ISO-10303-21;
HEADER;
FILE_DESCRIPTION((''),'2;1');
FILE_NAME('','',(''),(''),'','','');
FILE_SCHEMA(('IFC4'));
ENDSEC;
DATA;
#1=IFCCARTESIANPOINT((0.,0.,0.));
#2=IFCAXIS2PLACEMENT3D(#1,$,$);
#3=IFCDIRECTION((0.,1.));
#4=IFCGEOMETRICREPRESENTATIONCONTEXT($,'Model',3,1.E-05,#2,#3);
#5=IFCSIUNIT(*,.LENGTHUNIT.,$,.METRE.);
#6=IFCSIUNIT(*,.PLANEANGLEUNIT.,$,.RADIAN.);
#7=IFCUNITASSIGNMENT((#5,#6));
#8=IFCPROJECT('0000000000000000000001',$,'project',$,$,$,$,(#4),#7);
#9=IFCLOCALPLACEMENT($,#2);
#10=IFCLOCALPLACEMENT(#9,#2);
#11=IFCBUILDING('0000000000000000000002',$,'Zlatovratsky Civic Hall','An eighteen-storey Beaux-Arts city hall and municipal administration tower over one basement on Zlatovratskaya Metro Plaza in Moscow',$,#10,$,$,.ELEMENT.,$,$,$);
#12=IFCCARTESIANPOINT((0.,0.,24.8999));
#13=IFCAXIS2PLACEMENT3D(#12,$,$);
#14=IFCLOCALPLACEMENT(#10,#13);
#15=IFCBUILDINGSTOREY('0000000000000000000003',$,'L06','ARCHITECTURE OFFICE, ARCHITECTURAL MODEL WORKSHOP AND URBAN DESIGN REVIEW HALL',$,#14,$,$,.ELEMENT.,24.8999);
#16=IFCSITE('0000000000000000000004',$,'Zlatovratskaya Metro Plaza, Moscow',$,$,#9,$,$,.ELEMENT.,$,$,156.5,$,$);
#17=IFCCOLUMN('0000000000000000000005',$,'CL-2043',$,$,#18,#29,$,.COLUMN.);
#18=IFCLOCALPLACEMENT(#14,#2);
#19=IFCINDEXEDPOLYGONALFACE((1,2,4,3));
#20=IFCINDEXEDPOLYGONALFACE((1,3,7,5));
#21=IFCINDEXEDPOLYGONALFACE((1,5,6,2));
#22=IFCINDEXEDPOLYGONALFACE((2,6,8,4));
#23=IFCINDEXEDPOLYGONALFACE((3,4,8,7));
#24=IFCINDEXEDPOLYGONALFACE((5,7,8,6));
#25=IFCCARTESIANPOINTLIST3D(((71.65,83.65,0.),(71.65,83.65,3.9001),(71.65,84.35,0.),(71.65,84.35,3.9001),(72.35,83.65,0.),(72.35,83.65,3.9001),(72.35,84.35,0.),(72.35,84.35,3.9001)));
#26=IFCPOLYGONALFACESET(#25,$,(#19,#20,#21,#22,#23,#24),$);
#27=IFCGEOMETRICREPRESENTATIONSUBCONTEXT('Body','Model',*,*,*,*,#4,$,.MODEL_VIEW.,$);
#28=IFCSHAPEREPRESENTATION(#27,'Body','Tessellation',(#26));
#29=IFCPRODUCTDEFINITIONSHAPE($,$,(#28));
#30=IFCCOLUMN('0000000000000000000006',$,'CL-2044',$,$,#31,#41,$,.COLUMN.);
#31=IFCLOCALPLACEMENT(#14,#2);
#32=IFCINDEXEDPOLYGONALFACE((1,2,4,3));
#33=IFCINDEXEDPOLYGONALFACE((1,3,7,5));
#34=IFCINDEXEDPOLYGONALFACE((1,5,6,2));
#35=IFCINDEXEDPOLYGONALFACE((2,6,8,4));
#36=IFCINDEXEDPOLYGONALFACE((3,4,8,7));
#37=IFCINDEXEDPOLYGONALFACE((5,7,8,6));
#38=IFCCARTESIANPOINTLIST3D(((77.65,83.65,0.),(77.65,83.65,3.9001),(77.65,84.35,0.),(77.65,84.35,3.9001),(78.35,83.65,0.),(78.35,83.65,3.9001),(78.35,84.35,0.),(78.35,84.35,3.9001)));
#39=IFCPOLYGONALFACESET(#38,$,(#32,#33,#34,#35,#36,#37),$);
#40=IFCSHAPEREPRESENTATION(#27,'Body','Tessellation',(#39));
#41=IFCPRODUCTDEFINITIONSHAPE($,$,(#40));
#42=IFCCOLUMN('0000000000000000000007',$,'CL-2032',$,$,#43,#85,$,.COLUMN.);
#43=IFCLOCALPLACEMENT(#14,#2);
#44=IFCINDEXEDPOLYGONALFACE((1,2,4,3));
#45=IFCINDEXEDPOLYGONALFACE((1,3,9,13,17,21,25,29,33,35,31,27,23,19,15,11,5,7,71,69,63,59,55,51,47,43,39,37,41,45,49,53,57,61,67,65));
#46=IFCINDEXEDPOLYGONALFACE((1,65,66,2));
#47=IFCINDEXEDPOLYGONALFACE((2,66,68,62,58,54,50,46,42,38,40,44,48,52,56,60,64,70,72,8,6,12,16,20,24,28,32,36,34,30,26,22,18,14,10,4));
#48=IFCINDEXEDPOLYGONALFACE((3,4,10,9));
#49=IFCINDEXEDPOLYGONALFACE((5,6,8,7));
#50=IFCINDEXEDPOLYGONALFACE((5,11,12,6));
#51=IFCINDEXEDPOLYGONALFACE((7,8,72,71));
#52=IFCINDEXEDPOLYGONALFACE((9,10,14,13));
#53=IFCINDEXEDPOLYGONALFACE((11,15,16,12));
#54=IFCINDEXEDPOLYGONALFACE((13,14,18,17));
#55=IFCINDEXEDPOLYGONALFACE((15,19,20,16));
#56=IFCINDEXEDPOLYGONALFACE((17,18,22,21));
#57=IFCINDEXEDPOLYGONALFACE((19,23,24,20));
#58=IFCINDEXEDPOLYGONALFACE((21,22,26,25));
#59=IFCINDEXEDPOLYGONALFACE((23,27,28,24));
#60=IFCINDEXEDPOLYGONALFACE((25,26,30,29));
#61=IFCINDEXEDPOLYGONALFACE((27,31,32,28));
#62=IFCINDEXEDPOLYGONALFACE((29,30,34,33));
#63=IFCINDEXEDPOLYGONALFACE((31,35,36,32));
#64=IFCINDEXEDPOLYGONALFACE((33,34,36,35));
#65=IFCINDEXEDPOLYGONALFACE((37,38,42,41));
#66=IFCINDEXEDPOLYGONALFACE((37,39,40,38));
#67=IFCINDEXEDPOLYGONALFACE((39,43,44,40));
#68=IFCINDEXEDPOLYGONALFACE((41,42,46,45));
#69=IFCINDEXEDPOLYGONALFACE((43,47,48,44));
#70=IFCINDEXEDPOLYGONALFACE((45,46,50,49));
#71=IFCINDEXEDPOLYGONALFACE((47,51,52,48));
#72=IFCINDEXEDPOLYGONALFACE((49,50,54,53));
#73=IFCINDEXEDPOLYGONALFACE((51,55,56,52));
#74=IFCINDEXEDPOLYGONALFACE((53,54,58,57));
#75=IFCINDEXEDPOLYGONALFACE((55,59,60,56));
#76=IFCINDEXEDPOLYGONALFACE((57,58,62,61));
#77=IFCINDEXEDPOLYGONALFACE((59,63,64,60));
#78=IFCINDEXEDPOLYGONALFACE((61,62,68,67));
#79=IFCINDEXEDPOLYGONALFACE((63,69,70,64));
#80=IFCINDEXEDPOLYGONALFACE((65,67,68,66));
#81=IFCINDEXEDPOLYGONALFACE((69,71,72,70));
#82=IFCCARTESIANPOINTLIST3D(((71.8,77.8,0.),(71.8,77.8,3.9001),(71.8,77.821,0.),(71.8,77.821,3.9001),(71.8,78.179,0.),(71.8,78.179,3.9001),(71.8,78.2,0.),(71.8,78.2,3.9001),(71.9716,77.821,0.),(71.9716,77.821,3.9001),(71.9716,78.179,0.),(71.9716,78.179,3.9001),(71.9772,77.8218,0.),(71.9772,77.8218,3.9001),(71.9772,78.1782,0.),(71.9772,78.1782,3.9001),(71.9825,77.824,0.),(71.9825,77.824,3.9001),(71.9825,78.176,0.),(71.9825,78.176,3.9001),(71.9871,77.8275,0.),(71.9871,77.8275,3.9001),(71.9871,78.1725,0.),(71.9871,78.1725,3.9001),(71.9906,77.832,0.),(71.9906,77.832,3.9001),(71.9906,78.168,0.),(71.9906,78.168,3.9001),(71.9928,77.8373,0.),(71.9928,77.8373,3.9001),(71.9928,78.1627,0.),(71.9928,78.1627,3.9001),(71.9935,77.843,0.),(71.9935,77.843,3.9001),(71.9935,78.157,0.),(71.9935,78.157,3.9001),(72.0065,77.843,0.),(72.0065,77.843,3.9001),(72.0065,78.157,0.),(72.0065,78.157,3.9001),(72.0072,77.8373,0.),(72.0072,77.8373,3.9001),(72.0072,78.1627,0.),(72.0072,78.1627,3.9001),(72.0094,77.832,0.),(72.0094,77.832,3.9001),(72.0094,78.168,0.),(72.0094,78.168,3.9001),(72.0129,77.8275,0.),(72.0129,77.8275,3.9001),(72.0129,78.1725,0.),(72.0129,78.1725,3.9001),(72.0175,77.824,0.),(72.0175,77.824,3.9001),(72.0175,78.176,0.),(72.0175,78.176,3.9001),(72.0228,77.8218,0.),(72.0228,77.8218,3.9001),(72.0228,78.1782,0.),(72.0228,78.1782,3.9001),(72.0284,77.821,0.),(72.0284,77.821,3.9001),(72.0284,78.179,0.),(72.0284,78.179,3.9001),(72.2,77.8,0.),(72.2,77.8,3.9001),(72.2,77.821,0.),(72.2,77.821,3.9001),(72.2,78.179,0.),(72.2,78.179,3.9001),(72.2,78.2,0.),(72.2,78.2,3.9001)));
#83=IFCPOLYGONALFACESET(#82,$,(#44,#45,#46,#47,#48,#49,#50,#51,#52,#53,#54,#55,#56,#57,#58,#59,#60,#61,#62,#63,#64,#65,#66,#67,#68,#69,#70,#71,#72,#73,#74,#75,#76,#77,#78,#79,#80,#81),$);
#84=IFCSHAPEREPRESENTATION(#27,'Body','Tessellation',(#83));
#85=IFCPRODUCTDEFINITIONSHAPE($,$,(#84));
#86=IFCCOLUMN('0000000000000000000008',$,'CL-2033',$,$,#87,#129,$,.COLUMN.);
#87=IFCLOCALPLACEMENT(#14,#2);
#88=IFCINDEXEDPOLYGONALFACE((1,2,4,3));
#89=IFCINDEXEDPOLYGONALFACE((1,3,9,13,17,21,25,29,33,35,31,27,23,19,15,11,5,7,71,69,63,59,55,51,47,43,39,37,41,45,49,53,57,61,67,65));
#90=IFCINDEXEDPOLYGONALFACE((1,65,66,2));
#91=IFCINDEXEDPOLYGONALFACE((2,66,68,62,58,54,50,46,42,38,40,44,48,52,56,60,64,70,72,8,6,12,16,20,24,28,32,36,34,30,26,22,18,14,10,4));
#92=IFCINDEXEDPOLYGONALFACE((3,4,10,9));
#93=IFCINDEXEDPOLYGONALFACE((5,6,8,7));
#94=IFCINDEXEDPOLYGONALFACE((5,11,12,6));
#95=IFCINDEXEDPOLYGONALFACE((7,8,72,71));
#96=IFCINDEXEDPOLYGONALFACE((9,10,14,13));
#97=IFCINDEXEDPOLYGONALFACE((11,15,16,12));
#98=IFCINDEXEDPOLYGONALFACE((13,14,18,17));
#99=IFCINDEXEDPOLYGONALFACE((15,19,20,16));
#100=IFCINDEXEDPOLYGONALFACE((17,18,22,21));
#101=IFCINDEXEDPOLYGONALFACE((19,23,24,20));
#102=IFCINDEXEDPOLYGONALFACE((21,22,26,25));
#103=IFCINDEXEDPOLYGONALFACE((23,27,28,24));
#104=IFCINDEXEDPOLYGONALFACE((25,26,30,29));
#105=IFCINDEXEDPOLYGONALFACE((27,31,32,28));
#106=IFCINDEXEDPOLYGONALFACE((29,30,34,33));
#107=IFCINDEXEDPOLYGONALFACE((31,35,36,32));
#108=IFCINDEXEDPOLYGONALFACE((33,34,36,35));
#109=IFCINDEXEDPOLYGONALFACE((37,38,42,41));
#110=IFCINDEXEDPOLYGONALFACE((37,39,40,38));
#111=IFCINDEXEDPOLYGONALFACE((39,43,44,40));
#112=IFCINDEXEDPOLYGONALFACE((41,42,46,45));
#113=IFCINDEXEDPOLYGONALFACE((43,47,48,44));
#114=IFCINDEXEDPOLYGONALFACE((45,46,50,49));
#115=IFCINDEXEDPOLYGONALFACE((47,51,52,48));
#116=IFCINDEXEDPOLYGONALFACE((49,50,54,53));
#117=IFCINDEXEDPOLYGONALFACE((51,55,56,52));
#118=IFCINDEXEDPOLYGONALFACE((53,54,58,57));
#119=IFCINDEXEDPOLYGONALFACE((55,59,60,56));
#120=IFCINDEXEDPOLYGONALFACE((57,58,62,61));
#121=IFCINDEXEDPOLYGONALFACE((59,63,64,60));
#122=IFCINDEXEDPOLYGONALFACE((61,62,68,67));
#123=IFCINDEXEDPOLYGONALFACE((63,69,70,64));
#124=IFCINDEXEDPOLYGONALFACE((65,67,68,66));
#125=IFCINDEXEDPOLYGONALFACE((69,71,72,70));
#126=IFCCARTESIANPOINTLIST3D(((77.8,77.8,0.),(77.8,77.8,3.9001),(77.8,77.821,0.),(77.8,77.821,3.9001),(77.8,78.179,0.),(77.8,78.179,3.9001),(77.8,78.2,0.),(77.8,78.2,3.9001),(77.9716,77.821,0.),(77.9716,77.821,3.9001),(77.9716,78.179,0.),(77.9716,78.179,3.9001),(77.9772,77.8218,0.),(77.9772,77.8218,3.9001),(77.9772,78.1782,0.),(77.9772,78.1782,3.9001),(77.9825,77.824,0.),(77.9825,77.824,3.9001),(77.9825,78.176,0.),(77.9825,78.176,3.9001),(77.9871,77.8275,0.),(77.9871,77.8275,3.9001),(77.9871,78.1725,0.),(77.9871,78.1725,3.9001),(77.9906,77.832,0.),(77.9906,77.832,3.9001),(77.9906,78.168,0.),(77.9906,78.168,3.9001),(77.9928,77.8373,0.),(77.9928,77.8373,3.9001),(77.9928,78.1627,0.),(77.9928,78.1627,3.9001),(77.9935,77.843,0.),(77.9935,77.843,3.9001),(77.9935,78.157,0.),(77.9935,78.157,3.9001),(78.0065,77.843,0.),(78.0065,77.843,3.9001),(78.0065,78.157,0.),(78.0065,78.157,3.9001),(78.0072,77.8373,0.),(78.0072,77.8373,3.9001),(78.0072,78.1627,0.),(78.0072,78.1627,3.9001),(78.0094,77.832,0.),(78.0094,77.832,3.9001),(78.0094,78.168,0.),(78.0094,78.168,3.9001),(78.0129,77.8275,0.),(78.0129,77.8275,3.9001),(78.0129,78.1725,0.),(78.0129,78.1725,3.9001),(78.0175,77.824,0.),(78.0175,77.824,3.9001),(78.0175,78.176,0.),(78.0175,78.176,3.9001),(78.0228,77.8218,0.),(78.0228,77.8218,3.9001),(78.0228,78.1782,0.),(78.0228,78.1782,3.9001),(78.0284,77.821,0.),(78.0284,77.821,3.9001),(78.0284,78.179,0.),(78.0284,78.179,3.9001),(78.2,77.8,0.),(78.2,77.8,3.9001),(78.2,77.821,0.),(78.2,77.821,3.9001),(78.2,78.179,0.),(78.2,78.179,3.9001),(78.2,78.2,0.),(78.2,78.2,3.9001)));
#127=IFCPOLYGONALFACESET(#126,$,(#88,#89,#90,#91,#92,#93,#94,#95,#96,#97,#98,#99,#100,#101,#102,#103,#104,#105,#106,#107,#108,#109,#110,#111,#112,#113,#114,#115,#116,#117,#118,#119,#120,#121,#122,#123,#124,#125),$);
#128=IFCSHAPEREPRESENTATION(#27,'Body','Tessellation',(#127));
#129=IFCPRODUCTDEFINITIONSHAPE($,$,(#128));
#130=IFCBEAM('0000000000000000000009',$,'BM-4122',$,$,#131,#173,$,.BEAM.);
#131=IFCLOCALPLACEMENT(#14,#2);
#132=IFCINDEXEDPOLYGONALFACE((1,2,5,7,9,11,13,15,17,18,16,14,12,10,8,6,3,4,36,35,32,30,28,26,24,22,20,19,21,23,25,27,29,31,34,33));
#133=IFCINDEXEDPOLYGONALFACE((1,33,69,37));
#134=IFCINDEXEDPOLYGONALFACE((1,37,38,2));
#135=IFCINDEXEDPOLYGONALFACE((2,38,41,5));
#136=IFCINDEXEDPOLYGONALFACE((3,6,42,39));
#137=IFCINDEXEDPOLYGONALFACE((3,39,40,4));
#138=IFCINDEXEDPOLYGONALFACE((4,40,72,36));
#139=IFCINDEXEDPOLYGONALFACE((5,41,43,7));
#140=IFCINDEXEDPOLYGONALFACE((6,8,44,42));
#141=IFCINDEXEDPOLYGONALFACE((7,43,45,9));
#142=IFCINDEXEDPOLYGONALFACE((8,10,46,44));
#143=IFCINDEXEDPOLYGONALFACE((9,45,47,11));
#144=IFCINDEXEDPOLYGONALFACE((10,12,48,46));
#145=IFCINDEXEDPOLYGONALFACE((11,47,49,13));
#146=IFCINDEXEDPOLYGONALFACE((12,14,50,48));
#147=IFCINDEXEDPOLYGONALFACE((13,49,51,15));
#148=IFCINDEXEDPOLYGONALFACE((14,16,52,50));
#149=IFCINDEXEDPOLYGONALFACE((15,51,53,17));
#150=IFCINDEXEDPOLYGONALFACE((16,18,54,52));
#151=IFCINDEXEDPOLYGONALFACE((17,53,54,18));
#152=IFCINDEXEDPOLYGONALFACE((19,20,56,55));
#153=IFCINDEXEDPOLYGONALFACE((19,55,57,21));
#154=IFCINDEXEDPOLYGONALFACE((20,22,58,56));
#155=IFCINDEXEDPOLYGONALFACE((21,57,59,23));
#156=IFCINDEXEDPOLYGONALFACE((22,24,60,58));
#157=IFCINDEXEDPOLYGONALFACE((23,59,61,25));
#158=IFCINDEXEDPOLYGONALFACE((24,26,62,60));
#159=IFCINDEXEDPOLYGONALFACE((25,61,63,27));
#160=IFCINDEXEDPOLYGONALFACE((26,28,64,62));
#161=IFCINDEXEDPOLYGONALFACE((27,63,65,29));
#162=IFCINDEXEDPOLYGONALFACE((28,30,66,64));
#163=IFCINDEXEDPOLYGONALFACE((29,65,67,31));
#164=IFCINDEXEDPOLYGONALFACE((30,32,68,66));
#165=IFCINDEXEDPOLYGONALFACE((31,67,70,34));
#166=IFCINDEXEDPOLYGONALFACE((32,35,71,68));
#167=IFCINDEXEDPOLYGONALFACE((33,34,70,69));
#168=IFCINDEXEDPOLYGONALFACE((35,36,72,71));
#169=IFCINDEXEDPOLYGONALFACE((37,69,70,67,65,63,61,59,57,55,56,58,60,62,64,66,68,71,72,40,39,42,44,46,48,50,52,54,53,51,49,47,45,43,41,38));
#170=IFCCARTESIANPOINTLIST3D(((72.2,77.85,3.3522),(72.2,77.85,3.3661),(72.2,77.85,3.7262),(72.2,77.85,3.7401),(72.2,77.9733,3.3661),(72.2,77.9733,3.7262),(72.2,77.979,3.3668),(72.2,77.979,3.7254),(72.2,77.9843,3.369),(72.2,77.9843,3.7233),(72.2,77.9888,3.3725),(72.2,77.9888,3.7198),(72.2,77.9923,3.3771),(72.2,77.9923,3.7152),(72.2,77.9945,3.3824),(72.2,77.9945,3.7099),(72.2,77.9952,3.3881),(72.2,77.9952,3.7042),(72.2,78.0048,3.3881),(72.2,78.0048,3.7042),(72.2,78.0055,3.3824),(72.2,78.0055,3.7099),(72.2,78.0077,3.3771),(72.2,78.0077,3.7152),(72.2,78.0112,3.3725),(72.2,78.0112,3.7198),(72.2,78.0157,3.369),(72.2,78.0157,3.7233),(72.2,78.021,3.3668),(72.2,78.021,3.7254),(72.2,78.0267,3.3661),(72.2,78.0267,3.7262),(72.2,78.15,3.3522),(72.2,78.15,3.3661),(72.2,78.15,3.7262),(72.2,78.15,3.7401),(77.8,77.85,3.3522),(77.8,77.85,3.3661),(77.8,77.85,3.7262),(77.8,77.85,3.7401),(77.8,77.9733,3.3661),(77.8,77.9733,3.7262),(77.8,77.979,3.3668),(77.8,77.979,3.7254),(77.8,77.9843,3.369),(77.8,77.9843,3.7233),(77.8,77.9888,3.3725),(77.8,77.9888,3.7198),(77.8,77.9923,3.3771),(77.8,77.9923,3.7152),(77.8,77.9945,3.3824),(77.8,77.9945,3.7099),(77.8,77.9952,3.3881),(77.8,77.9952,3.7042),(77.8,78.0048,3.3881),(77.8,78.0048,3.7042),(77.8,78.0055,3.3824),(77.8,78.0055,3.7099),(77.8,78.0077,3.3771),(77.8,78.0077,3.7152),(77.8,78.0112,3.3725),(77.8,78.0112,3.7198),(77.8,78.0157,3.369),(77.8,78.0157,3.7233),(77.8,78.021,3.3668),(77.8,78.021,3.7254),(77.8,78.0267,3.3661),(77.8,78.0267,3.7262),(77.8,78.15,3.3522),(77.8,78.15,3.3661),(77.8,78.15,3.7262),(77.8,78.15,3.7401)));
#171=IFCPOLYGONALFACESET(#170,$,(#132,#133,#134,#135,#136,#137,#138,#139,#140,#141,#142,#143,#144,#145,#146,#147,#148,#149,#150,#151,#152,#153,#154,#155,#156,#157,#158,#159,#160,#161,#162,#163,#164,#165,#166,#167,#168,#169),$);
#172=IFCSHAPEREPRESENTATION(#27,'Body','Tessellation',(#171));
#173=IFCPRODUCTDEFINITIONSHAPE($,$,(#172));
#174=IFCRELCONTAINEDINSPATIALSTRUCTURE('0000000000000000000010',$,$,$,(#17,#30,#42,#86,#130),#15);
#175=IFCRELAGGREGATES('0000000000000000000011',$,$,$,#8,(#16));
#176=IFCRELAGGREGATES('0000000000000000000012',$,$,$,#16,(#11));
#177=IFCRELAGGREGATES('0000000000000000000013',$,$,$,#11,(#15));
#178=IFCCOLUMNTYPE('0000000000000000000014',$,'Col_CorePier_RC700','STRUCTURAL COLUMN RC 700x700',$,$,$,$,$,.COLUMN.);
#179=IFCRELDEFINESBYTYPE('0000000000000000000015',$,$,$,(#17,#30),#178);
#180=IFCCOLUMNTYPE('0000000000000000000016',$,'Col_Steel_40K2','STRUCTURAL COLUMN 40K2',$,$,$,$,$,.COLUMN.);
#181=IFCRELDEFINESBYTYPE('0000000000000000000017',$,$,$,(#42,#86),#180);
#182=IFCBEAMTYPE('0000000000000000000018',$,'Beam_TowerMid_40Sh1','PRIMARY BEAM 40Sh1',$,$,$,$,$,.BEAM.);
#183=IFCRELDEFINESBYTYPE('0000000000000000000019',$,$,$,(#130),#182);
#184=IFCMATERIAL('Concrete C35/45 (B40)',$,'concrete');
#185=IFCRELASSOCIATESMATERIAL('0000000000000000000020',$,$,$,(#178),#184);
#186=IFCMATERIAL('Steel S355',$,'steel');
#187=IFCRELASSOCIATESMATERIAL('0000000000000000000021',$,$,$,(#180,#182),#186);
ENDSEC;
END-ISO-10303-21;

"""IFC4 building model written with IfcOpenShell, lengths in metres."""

from ifc_helpers import new_model, si_unit, direction, frame, origin, origin_2d, place, context, subcontext, project, spatial, rectangle, i_section, extrude, material, material_profile, profile_set, type_object, element, save


model = new_model("IFC4")

# Units and contexts
model_context = context("Model", 3, precision=1e-05, world=origin(), true_north=direction((0.0, 1.0)))
body_context = subcontext(model_context, "Body", "Model", "MODEL_VIEW")
ifc_project = project(units=[si_unit("LENGTHUNIT", "METRE"), si_unit("PLANEANGLEUNIT", "RADIAN")], contexts=[model_context])

# Site, building, storey
site_placement = place(None, origin())
site = spatial("IfcSite", under=ifc_project, at=site_placement, Name="Zlatovratskaya Metro Plaza, Moscow", CompositionType="ELEMENT", RefElevation=156.5)
building_placement = place(site_placement, origin())
building = spatial("IfcBuilding", under=site, at=building_placement, Name="Zlatovratsky Civic Hall", Description="An eighteen-storey Beaux-Arts city hall and municipal administration tower over one basement on Zlatovratskaya Metro Plaza in Moscow", CompositionType="ELEMENT")
storey_placement = place(building_placement, frame((0.0, 0.0, 24.8999)))
storey = spatial("IfcBuildingStorey", under=building, at=storey_placement, Name="L06", Description="ARCHITECTURE OFFICE, ARCHITECTURAL MODEL WORKSHOP AND URBAN DESIGN REVIEW HALL", CompositionType="ELEMENT", Elevation=24.8999)

# Columns
ifc_material_1 = material(Name="Concrete C35/45 (B40)", Category="concrete")
ifc_material_profile_1 = material_profile(ifc_material_1, rectangle(XDim=0.7, YDim=0.7, at=origin_2d()), Name="RC 700x700")
ifc_profile_set_1 = profile_set([ifc_material_profile_1], Name="Concrete C35/45 (B40)")
column_type_1 = type_object("IfcColumnType", Name="Col_CorePier_RC700", Description="STRUCTURAL COLUMN RC 700x700", PredefinedType="COLUMN", material=ifc_profile_set_1)
for number, where, z_axis, x_axis, name in (
    (1, (72.0, 84.0, 0.0), (0.0, 0.0, 1.0), (1.0, 0.0, 0.0), "CL-2043"),
    (2, (78.0, 84.0, 0.0), (0.0, 0.0, 1.0), (1.0, 0.0, 0.0), "CL-2044"),
):
    element("IfcColumn", number, at=place(storey_placement, frame(where, z_axis=z_axis, x_axis=x_axis)), inside=storey, type_object=column_type_1, Name=name, PredefinedType="COLUMN", context=body_context, shape_type="SweptSolid", body=[
        extrude(rectangle(XDim=0.7, YDim=0.7, at=origin_2d()), origin(), (0.0, 0.0, 1.0), 3.9001),
    ])
ifc_material_2 = material(Name="Steel S355", Category="steel")
ifc_material_profile_2 = material_profile(ifc_material_2, i_section(OverallWidth=0.3999, OverallDepth=0.3999, WebThickness=0.0129, FlangeThickness=0.021, FilletRadius=0.022, at=origin_2d()), Name="40K2")
ifc_profile_set_2 = profile_set([ifc_material_profile_2], Name="Steel S355")
column_type_2 = type_object("IfcColumnType", Name="Col_Steel_40K2", Description="STRUCTURAL COLUMN 40K2", PredefinedType="COLUMN", material=ifc_profile_set_2)
for number, where, z_axis, x_axis, name in (
    (3, (72.0, 78.0, 0.0), (0.0, 0.0, 1.0), (1.0, 0.0, 0.0), "CL-2032"),
    (4, (78.0, 78.0, 0.0), (0.0, 0.0, 1.0), (1.0, 0.0, 0.0), "CL-2033"),
):
    element("IfcColumn", number, at=place(storey_placement, frame(where, z_axis=z_axis, x_axis=x_axis)), inside=storey, type_object=column_type_2, Name=name, PredefinedType="COLUMN", context=body_context, shape_type="SweptSolid", body=[
        extrude(i_section(OverallWidth=0.3999, OverallDepth=0.3999, WebThickness=0.0129, FlangeThickness=0.021, FilletRadius=0.022, at=origin_2d()), origin(), (0.0, 0.0, 1.0), 3.9001),
    ])

# Beam
ifc_material_profile_3 = material_profile(ifc_material_2, i_section(OverallWidth=0.3, OverallDepth=0.3879, WebThickness=0.0095, FlangeThickness=0.0139, FilletRadius=0.022, at=origin_2d()), Name="40Sh1")
ifc_profile_set_3 = profile_set([ifc_material_profile_3], Name="Steel S355")
beam_type = type_object("IfcBeamType", Name="Beam_TowerMid_40Sh1", Description="PRIMARY BEAM 40Sh1", PredefinedType="BEAM", material=ifc_profile_set_3)
for number, where, z_axis, x_axis, name in (
    (5, (72.2, 78.0, 3.5461), (1.0, 0.0, 0.0), (0.0, 1.0, 0.0), "BM-4122"),
):
    element("IfcBeam", number, at=place(storey_placement, frame(where, z_axis=z_axis, x_axis=x_axis)), inside=storey, type_object=beam_type, Name=name, PredefinedType="BEAM", context=body_context, shape_type="SweptSolid", body=[
        extrude(i_section(OverallWidth=0.3, OverallDepth=0.3879, WebThickness=0.0095, FlangeThickness=0.0139, FilletRadius=0.022, at=origin_2d()), origin(), (0.0, 0.0, 1.0), 5.6001),
    ])

save(model, "model.ifc")
